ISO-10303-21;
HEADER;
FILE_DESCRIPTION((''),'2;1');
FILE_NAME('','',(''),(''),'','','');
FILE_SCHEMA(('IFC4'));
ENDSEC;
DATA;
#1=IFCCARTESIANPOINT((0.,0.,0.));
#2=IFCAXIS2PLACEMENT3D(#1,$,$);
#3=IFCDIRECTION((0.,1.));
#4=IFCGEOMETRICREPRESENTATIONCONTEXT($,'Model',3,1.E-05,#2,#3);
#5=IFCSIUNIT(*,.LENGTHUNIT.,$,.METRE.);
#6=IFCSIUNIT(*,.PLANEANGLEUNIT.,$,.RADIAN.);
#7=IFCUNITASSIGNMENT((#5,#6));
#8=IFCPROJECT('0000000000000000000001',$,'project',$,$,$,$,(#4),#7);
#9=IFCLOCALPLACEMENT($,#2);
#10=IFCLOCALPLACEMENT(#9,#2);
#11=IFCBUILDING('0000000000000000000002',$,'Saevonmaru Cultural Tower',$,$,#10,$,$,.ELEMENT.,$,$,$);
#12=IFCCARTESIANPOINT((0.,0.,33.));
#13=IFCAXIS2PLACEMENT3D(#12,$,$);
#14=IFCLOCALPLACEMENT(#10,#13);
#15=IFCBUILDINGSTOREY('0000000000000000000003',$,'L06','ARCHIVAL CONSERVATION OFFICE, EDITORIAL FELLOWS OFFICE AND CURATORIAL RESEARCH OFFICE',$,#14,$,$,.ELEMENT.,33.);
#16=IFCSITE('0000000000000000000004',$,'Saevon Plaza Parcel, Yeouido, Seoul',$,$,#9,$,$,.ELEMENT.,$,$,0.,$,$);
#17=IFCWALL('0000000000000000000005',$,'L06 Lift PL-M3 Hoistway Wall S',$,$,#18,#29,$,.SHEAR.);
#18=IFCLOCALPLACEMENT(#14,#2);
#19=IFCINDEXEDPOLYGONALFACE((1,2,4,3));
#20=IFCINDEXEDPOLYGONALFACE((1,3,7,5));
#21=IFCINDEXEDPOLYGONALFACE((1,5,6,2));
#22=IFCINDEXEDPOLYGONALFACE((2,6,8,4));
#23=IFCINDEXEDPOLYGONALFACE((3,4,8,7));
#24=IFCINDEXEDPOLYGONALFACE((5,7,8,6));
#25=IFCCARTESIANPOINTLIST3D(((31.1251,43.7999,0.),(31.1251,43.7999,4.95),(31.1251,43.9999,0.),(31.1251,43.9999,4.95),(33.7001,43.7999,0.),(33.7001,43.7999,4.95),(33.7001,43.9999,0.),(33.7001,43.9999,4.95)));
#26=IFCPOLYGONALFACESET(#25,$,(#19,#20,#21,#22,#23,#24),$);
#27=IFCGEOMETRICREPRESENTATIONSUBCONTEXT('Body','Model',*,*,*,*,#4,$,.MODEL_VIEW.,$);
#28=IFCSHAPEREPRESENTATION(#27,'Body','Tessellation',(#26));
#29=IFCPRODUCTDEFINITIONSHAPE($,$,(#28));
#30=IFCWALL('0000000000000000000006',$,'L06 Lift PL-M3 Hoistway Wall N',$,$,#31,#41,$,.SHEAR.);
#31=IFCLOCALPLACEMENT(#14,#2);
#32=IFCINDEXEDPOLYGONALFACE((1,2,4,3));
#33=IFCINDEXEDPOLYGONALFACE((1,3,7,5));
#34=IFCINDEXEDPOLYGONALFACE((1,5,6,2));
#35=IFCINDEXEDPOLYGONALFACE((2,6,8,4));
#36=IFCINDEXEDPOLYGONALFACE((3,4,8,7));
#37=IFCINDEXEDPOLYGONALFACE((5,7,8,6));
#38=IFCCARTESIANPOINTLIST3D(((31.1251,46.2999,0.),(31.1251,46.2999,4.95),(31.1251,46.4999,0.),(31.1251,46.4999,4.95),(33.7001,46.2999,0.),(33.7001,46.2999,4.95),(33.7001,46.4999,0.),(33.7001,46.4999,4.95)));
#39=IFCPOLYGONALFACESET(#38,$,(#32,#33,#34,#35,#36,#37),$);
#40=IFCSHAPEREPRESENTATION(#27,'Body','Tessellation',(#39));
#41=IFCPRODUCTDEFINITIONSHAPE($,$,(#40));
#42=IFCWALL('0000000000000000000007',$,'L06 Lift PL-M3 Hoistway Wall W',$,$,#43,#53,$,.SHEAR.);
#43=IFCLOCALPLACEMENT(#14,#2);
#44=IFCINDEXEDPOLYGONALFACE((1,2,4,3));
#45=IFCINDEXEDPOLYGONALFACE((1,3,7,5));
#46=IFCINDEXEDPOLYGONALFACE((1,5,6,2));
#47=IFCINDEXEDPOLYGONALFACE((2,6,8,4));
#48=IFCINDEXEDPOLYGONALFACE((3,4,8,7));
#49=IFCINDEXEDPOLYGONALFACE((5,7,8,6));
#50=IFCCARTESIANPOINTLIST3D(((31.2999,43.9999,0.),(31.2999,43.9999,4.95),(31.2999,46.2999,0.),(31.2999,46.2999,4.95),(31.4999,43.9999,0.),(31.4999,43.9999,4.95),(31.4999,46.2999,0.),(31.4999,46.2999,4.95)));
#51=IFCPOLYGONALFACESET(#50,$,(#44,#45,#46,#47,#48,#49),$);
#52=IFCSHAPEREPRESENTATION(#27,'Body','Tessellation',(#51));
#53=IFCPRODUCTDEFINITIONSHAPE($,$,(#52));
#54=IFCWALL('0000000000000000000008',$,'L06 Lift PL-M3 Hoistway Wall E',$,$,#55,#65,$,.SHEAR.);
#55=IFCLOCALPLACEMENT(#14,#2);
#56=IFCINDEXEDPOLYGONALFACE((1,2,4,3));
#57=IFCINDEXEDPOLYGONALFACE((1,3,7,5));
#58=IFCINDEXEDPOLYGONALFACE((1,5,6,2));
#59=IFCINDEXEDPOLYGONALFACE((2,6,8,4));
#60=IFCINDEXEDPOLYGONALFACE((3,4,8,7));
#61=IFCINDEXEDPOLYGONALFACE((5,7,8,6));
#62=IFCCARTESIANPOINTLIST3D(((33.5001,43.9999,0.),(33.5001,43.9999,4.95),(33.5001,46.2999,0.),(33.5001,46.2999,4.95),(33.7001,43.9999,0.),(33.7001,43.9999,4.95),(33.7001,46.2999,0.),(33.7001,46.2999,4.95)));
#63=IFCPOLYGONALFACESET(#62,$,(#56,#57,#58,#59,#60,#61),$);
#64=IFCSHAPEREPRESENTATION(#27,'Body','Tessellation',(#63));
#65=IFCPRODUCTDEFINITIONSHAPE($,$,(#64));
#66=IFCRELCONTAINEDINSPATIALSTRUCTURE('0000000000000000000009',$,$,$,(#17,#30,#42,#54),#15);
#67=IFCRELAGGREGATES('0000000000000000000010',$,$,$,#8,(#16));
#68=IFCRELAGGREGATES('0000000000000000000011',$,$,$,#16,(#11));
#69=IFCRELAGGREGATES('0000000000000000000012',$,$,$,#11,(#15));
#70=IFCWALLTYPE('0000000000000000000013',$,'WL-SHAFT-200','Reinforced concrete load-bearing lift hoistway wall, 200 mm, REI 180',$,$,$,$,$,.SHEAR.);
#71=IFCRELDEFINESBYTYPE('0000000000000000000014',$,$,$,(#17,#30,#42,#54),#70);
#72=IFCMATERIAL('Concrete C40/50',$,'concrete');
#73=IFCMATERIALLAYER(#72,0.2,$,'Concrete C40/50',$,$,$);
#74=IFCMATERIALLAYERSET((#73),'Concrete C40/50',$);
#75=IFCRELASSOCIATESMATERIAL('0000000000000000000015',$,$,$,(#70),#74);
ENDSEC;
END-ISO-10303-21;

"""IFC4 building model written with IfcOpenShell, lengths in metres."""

from ifc_helpers import new_model, si_unit, direction, frame, frame_2d, origin, place, context, subcontext, project, spatial, rectangle, extrude, material, layer, layer_set, type_object, element, save


model = new_model("IFC4")

# Units and contexts
model_context = context("Model", 3, precision=1e-05, world=origin(), true_north=direction((0.0, 1.0)))
body_context = subcontext(model_context, "Body", "Model", "MODEL_VIEW")
ifc_project = project(units=[si_unit("LENGTHUNIT", "METRE"), si_unit("PLANEANGLEUNIT", "RADIAN")], contexts=[model_context])

# Site, building, storey
site_placement = place(None, origin())
site = spatial("IfcSite", under=ifc_project, at=site_placement, Name="Saevon Plaza Parcel, Yeouido, Seoul", CompositionType="ELEMENT", RefElevation=0.0)
building_placement = place(site_placement, origin())
building = spatial("IfcBuilding", under=site, at=building_placement, Name="Saevonmaru Cultural Tower", CompositionType="ELEMENT")
storey_placement = place(building_placement, frame((0.0, 0.0, 33.0)))
storey = spatial("IfcBuildingStorey", under=building, at=storey_placement, Name="L06", Description="ARCHIVAL CONSERVATION OFFICE, EDITORIAL FELLOWS OFFICE AND CURATORIAL RESEARCH OFFICE", CompositionType="ELEMENT", Elevation=33.0)

# Shared definitions
ifc_material_1 = material(Name="Concrete C40/50", Category="concrete")
ifc_layer_1 = layer(ifc_material_1, 0.2, Name="Concrete C40/50")
ifc_layer_set_1 = layer_set([ifc_layer_1], Name="Concrete C40/50")
wall_type_1 = type_object("IfcWallType", Name="WL-SHAFT-200", Description="Reinforced concrete load-bearing lift hoistway wall, 200 mm, REI 180", PredefinedType="SHEAR", material=ifc_layer_set_1)

# Walls
for number, where, z_axis, x_axis, name in (
    (1, (31.125, 43.8999, 0.0), (0.0, 0.0, 1.0), (1.0, 0.0, 0.0), "L06 Lift PL-M3 Hoistway Wall S"),
    (2, (31.125, 46.3999, 0.0), (0.0, 0.0, 1.0), (1.0, 0.0, 0.0), "L06 Lift PL-M3 Hoistway Wall N"),
):
    element("IfcWall", number, at=place(storey_placement, frame(where, z_axis=z_axis, x_axis=x_axis)), inside=storey, type_object=wall_type_1, Name=name, PredefinedType="SHEAR", context=body_context, shape_type="SweptSolid", body=[
        extrude(rectangle(XDim=2.575, YDim=0.2, at=frame_2d((1.2876, 0.0))), origin(), (0.0, 0.0, 1.0), 4.95),
    ])
for number, where, z_axis, x_axis, name in (
    (3, (31.3999, 44.0, 0.0), (0.0, 0.0, 1.0), (0.0, 1.0, 0.0), "L06 Lift PL-M3 Hoistway Wall W"),
    (4, (33.6001, 44.0, 0.0), (0.0, 0.0, 1.0), (0.0, 1.0, 0.0), "L06 Lift PL-M3 Hoistway Wall E"),
):
    element("IfcWall", number, at=place(storey_placement, frame(where, z_axis=z_axis, x_axis=x_axis)), inside=storey, type_object=wall_type_1, Name=name, PredefinedType="SHEAR", context=body_context, shape_type="SweptSolid", body=[
        extrude(rectangle(XDim=2.3, YDim=0.2, at=frame_2d((1.1499, 0.0))), origin(), (0.0, 0.0, 1.0), 4.95),
    ])

save(model, "model.ifc")
